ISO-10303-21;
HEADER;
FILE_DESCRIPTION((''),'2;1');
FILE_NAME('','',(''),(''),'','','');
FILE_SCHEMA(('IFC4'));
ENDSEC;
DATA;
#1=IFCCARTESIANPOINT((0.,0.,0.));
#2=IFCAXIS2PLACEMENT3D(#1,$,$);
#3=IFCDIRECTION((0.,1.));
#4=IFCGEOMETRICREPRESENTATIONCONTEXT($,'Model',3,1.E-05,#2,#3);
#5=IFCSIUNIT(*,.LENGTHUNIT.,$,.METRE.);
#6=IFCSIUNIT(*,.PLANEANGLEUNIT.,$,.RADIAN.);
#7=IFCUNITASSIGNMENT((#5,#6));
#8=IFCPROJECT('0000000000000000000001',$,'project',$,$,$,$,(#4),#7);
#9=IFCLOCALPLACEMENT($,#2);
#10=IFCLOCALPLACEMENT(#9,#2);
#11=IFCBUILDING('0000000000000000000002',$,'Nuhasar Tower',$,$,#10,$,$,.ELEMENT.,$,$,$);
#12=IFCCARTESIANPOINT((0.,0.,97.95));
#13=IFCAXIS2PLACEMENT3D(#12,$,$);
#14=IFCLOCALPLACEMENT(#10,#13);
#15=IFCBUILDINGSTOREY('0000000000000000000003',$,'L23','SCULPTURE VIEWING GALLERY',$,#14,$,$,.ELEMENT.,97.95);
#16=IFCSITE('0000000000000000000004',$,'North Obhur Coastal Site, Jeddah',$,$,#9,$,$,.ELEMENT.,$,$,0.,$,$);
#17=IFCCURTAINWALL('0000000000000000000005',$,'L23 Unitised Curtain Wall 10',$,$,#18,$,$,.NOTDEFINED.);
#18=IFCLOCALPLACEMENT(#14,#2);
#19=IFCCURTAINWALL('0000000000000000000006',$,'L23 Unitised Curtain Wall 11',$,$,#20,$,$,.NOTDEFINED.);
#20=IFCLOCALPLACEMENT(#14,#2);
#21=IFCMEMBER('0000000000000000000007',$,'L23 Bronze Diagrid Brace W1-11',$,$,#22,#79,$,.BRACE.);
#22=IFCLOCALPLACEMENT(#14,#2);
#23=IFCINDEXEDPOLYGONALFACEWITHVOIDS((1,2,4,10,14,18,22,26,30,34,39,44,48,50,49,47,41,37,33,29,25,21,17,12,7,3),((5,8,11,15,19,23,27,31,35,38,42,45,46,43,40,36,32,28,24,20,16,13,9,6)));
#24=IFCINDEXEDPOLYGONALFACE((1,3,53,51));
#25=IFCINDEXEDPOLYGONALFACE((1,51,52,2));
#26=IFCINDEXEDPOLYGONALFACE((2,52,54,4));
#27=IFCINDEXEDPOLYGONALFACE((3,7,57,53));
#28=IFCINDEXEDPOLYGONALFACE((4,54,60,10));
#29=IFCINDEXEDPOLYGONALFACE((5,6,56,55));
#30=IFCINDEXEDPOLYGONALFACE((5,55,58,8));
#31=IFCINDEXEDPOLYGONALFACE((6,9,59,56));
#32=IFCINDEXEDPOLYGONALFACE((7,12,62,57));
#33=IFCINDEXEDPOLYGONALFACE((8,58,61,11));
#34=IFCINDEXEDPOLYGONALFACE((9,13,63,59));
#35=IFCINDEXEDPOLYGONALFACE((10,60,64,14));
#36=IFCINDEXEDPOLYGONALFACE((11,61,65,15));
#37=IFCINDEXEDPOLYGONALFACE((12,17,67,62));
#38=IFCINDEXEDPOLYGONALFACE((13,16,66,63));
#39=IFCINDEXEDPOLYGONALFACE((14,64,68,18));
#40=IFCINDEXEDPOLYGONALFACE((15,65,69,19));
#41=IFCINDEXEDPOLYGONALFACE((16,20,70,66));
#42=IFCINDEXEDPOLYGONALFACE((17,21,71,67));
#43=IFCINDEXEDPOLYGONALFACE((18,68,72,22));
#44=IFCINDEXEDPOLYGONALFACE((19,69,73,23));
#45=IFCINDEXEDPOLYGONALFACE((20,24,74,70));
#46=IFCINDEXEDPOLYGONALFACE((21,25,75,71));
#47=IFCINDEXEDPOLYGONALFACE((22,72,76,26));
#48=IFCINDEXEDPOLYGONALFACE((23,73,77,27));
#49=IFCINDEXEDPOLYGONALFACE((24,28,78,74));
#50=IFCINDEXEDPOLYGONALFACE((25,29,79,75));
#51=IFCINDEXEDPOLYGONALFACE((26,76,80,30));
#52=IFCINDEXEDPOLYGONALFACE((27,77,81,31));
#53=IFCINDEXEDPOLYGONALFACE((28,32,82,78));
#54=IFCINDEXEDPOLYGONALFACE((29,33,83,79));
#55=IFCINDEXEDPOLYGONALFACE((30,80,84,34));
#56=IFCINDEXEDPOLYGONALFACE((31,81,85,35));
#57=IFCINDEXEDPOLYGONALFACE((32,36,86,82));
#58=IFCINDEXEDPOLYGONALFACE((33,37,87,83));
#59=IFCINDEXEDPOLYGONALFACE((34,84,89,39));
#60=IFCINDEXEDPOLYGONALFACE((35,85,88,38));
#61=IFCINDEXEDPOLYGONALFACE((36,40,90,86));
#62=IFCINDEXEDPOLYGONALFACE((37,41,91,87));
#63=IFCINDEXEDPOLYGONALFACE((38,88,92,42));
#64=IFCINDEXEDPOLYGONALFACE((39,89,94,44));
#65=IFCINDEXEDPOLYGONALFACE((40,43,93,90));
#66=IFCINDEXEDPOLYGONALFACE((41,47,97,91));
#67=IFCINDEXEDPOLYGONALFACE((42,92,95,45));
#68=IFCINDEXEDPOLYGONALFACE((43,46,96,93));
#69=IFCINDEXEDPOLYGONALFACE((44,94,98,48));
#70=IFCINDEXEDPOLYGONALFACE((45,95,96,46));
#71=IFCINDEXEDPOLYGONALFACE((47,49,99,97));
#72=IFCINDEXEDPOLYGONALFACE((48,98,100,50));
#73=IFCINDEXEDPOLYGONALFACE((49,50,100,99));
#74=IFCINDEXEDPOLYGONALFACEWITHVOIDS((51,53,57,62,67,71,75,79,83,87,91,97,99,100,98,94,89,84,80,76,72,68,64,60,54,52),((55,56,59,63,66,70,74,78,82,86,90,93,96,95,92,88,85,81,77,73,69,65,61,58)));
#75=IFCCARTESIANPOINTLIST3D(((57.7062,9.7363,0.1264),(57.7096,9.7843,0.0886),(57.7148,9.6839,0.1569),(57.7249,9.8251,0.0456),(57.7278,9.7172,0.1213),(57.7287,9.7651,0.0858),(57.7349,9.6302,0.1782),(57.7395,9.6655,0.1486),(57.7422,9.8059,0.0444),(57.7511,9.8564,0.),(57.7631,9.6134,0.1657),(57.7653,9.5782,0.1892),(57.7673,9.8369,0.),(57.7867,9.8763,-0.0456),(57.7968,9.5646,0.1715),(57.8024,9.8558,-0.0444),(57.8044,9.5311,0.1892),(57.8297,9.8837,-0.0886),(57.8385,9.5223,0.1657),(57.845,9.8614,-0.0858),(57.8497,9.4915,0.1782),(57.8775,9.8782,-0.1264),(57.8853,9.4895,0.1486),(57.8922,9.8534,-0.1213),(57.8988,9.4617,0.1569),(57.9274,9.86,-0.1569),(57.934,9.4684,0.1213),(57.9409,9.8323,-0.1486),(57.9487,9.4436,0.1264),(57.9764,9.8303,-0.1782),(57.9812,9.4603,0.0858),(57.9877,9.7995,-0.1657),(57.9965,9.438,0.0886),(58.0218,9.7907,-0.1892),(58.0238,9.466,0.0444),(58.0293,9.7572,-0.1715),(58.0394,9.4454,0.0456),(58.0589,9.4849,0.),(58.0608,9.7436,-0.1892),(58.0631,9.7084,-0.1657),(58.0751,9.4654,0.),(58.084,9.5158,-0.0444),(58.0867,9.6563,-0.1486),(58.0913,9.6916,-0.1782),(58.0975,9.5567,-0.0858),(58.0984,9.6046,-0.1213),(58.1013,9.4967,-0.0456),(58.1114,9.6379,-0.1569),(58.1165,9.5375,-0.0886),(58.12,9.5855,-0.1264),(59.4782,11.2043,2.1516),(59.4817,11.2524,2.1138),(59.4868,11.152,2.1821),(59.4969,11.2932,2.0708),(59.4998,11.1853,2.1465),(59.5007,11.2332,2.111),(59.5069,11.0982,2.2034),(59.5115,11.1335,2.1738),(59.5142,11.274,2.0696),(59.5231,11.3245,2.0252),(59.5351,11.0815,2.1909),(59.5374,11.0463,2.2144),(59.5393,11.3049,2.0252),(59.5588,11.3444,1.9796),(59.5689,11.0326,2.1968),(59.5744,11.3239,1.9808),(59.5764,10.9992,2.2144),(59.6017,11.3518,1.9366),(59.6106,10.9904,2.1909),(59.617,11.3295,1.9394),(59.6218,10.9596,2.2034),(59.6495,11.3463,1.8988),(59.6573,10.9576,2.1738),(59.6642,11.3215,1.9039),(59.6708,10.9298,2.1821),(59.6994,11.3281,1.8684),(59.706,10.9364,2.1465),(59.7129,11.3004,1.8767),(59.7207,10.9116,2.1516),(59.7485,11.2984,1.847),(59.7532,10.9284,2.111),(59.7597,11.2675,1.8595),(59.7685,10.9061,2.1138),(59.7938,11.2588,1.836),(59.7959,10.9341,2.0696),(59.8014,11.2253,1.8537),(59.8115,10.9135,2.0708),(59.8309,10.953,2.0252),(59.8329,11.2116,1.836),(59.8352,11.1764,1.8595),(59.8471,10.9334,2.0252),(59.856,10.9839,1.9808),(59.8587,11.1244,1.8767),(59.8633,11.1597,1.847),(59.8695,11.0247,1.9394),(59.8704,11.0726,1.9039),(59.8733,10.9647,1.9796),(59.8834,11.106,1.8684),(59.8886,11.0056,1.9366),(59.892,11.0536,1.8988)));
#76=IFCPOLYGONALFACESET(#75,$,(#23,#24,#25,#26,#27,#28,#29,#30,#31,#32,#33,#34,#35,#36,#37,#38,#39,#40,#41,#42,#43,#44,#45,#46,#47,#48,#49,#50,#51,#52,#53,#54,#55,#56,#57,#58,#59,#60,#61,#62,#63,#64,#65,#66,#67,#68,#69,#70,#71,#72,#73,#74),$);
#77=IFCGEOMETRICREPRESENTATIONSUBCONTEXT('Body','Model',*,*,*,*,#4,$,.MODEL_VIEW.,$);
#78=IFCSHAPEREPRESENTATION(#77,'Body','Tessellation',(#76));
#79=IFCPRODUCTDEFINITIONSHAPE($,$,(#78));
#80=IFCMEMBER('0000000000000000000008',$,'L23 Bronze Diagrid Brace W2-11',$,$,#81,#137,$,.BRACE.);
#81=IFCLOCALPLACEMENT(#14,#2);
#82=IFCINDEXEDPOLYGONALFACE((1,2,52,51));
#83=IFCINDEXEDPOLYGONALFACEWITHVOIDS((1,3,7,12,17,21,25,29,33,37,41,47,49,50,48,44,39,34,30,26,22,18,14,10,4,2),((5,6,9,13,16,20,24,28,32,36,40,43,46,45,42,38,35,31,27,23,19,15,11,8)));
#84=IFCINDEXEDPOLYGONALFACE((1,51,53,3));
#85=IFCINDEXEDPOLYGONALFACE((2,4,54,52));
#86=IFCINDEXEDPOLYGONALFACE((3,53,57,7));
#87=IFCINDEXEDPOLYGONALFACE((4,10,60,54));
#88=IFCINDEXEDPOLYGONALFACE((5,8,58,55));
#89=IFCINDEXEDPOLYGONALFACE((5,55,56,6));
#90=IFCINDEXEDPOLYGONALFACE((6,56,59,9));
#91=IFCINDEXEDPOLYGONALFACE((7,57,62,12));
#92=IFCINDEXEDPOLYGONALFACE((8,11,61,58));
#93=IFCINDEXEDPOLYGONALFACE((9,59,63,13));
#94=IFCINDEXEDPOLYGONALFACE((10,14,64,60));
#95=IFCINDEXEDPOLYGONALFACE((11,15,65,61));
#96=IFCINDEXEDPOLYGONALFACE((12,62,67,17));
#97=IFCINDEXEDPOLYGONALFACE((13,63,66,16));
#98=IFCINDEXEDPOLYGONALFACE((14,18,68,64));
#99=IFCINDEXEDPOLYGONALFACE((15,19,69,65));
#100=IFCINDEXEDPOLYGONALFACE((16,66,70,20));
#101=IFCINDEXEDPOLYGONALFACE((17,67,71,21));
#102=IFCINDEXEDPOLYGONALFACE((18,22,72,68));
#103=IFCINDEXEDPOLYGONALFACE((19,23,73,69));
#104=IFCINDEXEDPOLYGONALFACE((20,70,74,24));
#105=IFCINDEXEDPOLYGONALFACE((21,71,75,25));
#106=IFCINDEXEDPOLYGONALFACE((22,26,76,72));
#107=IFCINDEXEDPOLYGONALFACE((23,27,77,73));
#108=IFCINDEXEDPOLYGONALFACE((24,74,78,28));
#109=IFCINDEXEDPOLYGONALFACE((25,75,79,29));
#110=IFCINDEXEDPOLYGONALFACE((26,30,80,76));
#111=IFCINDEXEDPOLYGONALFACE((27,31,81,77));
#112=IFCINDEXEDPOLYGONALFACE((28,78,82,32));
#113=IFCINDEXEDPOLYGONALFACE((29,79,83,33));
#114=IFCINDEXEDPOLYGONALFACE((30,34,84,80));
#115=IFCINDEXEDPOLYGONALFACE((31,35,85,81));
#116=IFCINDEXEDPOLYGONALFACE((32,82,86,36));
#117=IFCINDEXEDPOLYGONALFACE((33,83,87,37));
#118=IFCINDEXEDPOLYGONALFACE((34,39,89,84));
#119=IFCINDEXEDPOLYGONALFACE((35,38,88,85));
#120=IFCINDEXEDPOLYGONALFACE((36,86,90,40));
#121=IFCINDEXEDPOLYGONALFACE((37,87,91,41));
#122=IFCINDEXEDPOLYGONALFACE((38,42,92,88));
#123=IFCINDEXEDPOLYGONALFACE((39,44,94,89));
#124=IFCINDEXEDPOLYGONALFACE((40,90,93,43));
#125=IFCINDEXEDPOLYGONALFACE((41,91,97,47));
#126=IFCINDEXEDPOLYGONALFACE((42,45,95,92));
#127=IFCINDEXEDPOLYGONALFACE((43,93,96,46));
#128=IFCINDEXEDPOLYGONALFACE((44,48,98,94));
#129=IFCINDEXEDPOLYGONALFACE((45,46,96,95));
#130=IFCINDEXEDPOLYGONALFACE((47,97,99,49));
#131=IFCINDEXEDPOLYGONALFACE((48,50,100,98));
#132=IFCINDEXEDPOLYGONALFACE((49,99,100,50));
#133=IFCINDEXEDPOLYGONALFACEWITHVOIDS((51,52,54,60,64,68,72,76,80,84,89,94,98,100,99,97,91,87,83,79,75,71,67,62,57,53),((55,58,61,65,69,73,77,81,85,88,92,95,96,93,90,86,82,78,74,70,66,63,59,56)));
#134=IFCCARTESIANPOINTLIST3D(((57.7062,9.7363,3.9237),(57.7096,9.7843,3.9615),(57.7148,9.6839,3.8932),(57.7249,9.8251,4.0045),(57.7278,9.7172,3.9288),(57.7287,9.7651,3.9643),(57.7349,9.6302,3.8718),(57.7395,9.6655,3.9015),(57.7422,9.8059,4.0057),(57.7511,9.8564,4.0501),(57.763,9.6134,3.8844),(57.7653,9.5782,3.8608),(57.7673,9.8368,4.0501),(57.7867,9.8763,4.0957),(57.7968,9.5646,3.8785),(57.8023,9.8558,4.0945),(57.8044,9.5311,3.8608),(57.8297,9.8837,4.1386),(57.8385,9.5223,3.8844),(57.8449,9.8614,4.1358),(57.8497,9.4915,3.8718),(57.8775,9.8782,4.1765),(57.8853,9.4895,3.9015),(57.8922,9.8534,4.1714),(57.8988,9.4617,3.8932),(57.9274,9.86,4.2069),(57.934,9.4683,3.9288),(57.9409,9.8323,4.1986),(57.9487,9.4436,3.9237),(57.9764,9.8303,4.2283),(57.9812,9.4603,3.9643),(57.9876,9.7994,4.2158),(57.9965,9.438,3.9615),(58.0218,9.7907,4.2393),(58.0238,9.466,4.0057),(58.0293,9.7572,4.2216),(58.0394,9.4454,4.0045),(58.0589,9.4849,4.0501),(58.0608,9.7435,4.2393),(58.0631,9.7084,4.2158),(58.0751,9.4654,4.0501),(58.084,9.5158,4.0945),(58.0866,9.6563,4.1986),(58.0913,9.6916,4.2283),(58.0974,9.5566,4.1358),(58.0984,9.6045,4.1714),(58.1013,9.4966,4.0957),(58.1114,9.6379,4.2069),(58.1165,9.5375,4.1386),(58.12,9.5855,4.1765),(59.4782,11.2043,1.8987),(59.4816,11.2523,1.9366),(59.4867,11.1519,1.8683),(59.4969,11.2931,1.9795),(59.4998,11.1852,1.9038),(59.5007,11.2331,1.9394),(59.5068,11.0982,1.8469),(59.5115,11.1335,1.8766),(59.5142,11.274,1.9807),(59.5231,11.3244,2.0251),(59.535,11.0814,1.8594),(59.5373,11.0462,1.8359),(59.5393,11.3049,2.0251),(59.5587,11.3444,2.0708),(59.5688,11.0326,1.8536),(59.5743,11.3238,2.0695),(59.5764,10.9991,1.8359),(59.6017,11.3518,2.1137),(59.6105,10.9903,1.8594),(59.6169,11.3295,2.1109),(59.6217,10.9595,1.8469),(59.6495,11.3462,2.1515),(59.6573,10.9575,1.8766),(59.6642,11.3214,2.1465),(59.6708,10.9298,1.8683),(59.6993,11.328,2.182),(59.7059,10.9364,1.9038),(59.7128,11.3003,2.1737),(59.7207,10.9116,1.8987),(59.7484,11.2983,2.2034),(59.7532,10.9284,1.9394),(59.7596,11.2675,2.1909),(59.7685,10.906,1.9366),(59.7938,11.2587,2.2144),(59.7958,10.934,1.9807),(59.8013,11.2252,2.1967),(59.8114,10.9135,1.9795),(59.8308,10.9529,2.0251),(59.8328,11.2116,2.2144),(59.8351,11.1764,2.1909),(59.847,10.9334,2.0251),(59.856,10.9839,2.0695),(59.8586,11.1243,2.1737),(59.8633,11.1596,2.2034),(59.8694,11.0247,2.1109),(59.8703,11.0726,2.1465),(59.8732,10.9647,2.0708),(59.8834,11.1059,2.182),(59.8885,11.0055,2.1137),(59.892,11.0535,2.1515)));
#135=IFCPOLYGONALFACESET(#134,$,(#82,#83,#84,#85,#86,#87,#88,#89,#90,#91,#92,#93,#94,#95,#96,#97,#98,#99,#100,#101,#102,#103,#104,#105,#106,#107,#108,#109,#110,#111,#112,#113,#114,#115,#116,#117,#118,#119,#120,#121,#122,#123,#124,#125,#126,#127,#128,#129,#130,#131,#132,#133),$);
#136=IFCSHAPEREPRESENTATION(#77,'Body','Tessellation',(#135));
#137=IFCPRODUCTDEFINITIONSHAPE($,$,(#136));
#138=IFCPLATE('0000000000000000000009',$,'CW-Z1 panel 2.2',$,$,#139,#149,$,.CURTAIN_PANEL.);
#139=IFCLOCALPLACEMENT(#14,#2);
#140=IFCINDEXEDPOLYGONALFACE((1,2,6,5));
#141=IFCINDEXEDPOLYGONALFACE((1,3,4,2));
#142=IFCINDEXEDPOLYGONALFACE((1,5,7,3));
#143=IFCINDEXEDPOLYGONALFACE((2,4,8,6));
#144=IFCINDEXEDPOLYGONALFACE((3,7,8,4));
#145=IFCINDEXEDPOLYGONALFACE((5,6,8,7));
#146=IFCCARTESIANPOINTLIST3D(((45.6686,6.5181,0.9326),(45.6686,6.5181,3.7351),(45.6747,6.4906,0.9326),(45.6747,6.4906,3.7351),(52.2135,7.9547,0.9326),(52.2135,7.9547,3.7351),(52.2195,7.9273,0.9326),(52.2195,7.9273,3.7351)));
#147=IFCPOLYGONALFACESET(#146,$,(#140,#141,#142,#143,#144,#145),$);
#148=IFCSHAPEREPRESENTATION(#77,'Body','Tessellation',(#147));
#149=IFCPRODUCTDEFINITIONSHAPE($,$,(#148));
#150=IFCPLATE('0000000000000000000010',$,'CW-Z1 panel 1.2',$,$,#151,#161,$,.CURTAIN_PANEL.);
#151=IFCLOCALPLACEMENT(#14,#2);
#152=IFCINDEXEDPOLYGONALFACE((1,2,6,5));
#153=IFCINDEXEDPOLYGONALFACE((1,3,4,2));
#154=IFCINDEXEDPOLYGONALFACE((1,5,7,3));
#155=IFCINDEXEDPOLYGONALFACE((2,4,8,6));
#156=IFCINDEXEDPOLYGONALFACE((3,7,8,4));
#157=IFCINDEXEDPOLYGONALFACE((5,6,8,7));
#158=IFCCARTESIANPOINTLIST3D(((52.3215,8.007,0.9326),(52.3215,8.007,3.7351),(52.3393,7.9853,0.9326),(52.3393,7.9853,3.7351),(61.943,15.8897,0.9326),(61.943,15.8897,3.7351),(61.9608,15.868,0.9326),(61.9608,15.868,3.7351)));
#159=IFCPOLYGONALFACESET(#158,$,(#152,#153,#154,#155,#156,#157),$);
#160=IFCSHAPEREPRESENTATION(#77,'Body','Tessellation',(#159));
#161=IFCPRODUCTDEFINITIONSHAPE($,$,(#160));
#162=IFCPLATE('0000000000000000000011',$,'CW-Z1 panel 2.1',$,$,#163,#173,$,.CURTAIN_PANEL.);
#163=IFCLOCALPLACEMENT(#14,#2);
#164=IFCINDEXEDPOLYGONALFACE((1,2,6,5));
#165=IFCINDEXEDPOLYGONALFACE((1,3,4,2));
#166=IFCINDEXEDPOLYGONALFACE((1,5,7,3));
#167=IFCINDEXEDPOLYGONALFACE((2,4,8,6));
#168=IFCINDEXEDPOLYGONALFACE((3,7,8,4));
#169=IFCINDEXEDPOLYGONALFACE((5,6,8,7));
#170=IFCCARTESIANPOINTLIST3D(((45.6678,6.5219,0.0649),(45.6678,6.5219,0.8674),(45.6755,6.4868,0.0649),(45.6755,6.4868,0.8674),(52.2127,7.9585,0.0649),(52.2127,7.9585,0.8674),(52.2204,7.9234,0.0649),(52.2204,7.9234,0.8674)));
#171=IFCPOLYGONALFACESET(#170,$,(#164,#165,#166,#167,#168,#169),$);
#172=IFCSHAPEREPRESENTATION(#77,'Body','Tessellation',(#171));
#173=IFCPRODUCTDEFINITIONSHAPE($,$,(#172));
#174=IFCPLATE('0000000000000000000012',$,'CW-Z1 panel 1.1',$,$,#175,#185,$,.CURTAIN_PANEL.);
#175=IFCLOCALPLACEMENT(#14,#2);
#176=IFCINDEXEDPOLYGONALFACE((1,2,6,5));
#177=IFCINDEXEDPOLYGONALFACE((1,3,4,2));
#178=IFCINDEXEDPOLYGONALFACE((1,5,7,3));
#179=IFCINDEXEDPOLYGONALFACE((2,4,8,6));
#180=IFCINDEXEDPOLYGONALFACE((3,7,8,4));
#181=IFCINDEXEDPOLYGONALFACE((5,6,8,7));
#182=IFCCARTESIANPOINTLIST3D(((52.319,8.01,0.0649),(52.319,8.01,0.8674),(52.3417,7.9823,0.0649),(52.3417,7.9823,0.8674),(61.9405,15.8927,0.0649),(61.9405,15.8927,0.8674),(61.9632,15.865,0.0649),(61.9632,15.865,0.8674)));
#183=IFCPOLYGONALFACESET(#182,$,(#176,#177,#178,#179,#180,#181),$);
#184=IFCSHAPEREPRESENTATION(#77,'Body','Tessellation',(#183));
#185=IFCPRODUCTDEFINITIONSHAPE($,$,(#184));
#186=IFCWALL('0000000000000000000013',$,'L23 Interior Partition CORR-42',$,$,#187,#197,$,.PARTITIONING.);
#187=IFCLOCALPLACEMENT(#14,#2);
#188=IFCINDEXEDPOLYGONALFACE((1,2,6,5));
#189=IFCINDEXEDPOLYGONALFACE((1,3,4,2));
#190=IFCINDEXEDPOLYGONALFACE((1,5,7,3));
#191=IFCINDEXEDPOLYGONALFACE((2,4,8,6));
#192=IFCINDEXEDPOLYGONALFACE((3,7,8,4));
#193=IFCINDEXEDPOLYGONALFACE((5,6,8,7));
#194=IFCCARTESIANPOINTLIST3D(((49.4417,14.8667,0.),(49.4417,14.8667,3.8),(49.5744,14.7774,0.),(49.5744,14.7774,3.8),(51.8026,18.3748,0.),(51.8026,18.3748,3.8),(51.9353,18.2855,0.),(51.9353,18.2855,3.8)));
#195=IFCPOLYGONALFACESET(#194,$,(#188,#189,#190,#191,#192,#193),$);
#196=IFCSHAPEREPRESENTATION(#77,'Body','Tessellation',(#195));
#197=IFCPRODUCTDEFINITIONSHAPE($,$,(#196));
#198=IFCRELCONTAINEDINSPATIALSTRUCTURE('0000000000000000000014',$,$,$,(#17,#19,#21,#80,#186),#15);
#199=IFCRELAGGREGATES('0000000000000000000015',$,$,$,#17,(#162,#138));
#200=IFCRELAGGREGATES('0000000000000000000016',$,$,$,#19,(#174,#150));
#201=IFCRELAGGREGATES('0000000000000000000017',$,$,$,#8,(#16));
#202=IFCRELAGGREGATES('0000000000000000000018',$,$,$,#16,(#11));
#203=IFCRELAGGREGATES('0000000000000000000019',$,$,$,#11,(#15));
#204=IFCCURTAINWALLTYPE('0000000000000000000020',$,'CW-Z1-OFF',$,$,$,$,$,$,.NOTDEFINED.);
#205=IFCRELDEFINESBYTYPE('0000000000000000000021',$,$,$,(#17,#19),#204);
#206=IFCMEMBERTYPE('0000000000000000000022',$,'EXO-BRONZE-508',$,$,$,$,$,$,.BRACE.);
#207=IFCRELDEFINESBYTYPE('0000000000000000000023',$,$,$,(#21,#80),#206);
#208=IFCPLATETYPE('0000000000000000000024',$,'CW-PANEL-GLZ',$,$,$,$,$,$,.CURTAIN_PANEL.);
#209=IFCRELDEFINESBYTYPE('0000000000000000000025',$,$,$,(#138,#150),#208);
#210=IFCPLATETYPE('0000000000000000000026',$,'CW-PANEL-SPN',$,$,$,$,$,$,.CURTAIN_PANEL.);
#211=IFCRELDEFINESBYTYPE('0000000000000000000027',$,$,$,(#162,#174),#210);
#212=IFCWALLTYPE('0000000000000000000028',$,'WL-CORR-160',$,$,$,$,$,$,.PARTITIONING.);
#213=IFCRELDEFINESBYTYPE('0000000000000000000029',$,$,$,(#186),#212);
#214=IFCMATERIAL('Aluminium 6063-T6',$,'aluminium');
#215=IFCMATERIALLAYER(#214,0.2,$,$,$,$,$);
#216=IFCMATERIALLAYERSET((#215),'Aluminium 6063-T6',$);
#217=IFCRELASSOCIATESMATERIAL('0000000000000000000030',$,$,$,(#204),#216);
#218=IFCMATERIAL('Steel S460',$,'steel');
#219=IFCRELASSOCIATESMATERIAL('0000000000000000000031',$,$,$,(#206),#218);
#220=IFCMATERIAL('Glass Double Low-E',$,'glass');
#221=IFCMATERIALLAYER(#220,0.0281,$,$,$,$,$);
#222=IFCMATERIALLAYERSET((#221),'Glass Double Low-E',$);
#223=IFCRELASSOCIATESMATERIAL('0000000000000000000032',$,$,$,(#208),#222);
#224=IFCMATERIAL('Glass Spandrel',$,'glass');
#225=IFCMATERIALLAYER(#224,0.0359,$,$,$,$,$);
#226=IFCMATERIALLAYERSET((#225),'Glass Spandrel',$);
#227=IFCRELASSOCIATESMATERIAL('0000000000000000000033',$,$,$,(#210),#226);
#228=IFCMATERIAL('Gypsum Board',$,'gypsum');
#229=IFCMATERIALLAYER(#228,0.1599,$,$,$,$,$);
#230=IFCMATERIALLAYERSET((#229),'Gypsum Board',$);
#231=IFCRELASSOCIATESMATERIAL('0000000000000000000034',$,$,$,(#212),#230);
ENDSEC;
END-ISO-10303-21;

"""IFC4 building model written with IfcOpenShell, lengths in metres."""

from ifc_helpers import new_model, si_unit, direction, frame, frame_2d, origin, origin_2d, place, context, subcontext, project, spatial, rectangle, hollow_circle, extrude, material, layer, layer_set, material_profile, profile_set, type_object, element, aggregate, save


model = new_model("IFC4")

# Units and contexts
model_context = context("Model", 3, precision=1e-05, world=origin(), true_north=direction((0.0, 1.0)))
body_context = subcontext(model_context, "Body", "Model", "MODEL_VIEW")
ifc_project = project(units=[si_unit("LENGTHUNIT", "METRE"), si_unit("PLANEANGLEUNIT", "RADIAN")], contexts=[model_context])

# Site, building, storey
site_placement = place(None, origin())
site = spatial("IfcSite", under=ifc_project, at=site_placement, Name="North Obhur Coastal Site, Jeddah", CompositionType="ELEMENT", RefElevation=0.0)
building_placement = place(site_placement, origin())
building = spatial("IfcBuilding", under=site, at=building_placement, Name="Nuhasar Tower", CompositionType="ELEMENT")
storey_placement = place(building_placement, frame((0.0, 0.0, 97.95)))
storey = spatial("IfcBuildingStorey", under=building, at=storey_placement, Name="L23", Description="SCULPTURE VIEWING GALLERY", CompositionType="ELEMENT", Elevation=97.95)

# Curtain wall
ifc_material_1 = material(Name="Aluminium 6063-T6", Category="aluminium")
ifc_layer_1 = layer(ifc_material_1, 0.2)
ifc_layer_set_1 = layer_set([ifc_layer_1], Name="Aluminium 6063-T6")
curtain_wall_type = type_object("IfcCurtainWallType", Name="CW-Z1-OFF", PredefinedType="NOTDEFINED", material=ifc_layer_set_1)
curtain_wall_1_placement = place(storey_placement, origin())
curtain_wall_1 = element("IfcCurtainWall", 1, at=curtain_wall_1_placement, inside=storey, type_object=curtain_wall_type, Name="L23 Unitised Curtain Wall 10", PredefinedType="NOTDEFINED")

# Curtain wall
curtain_wall_2_placement = place(storey_placement, origin())
curtain_wall_2 = element("IfcCurtainWall", 2, at=curtain_wall_2_placement, inside=storey, type_object=curtain_wall_type, Name="L23 Unitised Curtain Wall 11", PredefinedType="NOTDEFINED")

# Members
ifc_material_2 = material(Name="Steel S460", Category="steel")
ifc_material_profile_1 = material_profile(ifc_material_2, hollow_circle(Radius=0.2539, WallThickness=0.0254, at=origin_2d()), Name="HSS508X25.4")
ifc_profile_set_1 = profile_set([ifc_material_profile_1], Name="Steel S460")
member_type_1 = type_object("IfcMemberType", Name="EXO-BRONZE-508", PredefinedType="BRACE", material=ifc_profile_set_1)
member_1_placement = place(storey_placement, frame((57.9131, 9.6609, 0.0), z_axis=(0.578071, 0.478912, 0.660664), x_axis=(-0.637969, 0.770062, 0.0)))
element("IfcMember", 3, at=member_1_placement, inside=storey, type_object=member_type_1, Name="L23 Bronze Diagrid Brace W1-11", PredefinedType="BRACE", context=body_context, shape_type="SweptSolid", body=[
    extrude(hollow_circle(Radius=0.2539, WallThickness=0.0254, at=origin_2d()), origin(), (0.0, 0.0, 1.0), 3.0654),
])
member_2_placement = place(storey_placement, frame((59.6851, 11.1289, 2.0251), z_axis=(-0.578102, -0.478937, 0.660619), x_axis=(0.637969, -0.770062, 0.0)))
element("IfcMember", 4, at=member_2_placement, inside=storey, type_object=member_type_1, Name="L23 Bronze Diagrid Brace W2-11", PredefinedType="BRACE", context=body_context, shape_type="SweptSolid", body=[
    extrude(hollow_circle(Radius=0.2539, WallThickness=0.0254, at=origin_2d()), origin(), (0.0, 0.0, 1.0), 3.0652),
])

# Plates
ifc_material_3 = material(Name="Glass Double Low-E", Category="glass")
ifc_layer_2 = layer(ifc_material_3, 0.0281)
ifc_layer_set_2 = layer_set([ifc_layer_2], Name="Glass Double Low-E")
plate_type_1 = type_object("IfcPlateType", Name="CW-PANEL-GLZ", PredefinedType="CURTAIN_PANEL", material=ifc_layer_set_2)
plate_1_placement = place(storey_placement, frame((48.9441, 7.2227, 0.9326), z_axis=(0.0, 0.0, 1.0), x_axis=(0.976746, 0.214399, 0.0)))
plate_1 = element("IfcPlate", 5, at=plate_1_placement, type_object=plate_type_1, Name="CW-Z1 panel 2.2", PredefinedType="CURTAIN_PANEL", context=body_context, shape_type="SweptSolid", body=[
    extrude(rectangle(XDim=6.7007, YDim=0.0281, at=origin_2d()), origin(), (0.0, 0.0, 1.0), 2.8025),
])
plate_2_placement = place(storey_placement, frame((57.1411, 11.9375, 0.9326), z_axis=(0.0, 0.0, 1.0), x_axis=(0.773542, 0.633745, 0.0)))
plate_2 = element("IfcPlate", 6, at=plate_2_placement, type_object=plate_type_1, Name="CW-Z1 panel 1.2", PredefinedType="CURTAIN_PANEL", context=body_context, shape_type="SweptSolid", body=[
    extrude(rectangle(XDim=12.4382, YDim=0.0281, at=origin_2d()), origin(), (0.0, 0.0, 1.0), 2.8025),
])
ifc_material_4 = material(Name="Glass Spandrel", Category="glass")
ifc_layer_3 = layer(ifc_material_4, 0.0359)
ifc_layer_set_3 = layer_set([ifc_layer_3], Name="Glass Spandrel")
plate_type_2 = type_object("IfcPlateType", Name="CW-PANEL-SPN", PredefinedType="CURTAIN_PANEL", material=ifc_layer_set_3)
plate_3_placement = place(storey_placement, frame((48.9441, 7.2227, 0.0649), z_axis=(0.0, 0.0, 1.0), x_axis=(0.976746, 0.214399, 0.0)))
plate_3 = element("IfcPlate", 7, at=plate_3_placement, type_object=plate_type_2, Name="CW-Z1 panel 2.1", PredefinedType="CURTAIN_PANEL", context=body_context, shape_type="SweptSolid", body=[
    extrude(rectangle(XDim=6.7007, YDim=0.0359, at=origin_2d()), origin(), (0.0, 0.0, 1.0), 0.8025),
])
aggregate(curtain_wall_1, [plate_3, plate_1])
plate_4_placement = place(storey_placement, frame((57.1411, 11.9375, 0.0649), z_axis=(0.0, 0.0, 1.0), x_axis=(0.773542, 0.633745, 0.0)))
plate_4 = element("IfcPlate", 8, at=plate_4_placement, type_object=plate_type_2, Name="CW-Z1 panel 1.1", PredefinedType="CURTAIN_PANEL", context=body_context, shape_type="SweptSolid", body=[
    extrude(rectangle(XDim=12.4382, YDim=0.0359, at=origin_2d()), origin(), (0.0, 0.0, 1.0), 0.8025),
])
aggregate(curtain_wall_2, [plate_4, plate_2])

# Wall
ifc_material_5 = material(Name="Gypsum Board", Category="gypsum")
ifc_layer_4 = layer(ifc_material_5, 0.1599)
ifc_layer_set_4 = layer_set([ifc_layer_4], Name="Gypsum Board")
wall_type_1 = type_object("IfcWallType", Name="WL-CORR-160", PredefinedType="PARTITIONING", material=ifc_layer_set_4)
wall_1_placement = place(storey_placement, frame((49.5081, 14.822, 0.0), z_axis=(0.0, 0.0, 1.0), x_axis=(0.558319, 0.829626, 0.0)))
element("IfcWall", 9, at=wall_1_placement, inside=storey, type_object=wall_type_1, Name="L23 Interior Partition CORR-42", PredefinedType="PARTITIONING", context=body_context, shape_type="SweptSolid", body=[
    extrude(rectangle(XDim=4.2285, YDim=0.1599, at=frame_2d((2.1143, 0.0))), origin(), (0.0, 0.0, 1.0), 3.8),
])

save(model, "model.ifc")
